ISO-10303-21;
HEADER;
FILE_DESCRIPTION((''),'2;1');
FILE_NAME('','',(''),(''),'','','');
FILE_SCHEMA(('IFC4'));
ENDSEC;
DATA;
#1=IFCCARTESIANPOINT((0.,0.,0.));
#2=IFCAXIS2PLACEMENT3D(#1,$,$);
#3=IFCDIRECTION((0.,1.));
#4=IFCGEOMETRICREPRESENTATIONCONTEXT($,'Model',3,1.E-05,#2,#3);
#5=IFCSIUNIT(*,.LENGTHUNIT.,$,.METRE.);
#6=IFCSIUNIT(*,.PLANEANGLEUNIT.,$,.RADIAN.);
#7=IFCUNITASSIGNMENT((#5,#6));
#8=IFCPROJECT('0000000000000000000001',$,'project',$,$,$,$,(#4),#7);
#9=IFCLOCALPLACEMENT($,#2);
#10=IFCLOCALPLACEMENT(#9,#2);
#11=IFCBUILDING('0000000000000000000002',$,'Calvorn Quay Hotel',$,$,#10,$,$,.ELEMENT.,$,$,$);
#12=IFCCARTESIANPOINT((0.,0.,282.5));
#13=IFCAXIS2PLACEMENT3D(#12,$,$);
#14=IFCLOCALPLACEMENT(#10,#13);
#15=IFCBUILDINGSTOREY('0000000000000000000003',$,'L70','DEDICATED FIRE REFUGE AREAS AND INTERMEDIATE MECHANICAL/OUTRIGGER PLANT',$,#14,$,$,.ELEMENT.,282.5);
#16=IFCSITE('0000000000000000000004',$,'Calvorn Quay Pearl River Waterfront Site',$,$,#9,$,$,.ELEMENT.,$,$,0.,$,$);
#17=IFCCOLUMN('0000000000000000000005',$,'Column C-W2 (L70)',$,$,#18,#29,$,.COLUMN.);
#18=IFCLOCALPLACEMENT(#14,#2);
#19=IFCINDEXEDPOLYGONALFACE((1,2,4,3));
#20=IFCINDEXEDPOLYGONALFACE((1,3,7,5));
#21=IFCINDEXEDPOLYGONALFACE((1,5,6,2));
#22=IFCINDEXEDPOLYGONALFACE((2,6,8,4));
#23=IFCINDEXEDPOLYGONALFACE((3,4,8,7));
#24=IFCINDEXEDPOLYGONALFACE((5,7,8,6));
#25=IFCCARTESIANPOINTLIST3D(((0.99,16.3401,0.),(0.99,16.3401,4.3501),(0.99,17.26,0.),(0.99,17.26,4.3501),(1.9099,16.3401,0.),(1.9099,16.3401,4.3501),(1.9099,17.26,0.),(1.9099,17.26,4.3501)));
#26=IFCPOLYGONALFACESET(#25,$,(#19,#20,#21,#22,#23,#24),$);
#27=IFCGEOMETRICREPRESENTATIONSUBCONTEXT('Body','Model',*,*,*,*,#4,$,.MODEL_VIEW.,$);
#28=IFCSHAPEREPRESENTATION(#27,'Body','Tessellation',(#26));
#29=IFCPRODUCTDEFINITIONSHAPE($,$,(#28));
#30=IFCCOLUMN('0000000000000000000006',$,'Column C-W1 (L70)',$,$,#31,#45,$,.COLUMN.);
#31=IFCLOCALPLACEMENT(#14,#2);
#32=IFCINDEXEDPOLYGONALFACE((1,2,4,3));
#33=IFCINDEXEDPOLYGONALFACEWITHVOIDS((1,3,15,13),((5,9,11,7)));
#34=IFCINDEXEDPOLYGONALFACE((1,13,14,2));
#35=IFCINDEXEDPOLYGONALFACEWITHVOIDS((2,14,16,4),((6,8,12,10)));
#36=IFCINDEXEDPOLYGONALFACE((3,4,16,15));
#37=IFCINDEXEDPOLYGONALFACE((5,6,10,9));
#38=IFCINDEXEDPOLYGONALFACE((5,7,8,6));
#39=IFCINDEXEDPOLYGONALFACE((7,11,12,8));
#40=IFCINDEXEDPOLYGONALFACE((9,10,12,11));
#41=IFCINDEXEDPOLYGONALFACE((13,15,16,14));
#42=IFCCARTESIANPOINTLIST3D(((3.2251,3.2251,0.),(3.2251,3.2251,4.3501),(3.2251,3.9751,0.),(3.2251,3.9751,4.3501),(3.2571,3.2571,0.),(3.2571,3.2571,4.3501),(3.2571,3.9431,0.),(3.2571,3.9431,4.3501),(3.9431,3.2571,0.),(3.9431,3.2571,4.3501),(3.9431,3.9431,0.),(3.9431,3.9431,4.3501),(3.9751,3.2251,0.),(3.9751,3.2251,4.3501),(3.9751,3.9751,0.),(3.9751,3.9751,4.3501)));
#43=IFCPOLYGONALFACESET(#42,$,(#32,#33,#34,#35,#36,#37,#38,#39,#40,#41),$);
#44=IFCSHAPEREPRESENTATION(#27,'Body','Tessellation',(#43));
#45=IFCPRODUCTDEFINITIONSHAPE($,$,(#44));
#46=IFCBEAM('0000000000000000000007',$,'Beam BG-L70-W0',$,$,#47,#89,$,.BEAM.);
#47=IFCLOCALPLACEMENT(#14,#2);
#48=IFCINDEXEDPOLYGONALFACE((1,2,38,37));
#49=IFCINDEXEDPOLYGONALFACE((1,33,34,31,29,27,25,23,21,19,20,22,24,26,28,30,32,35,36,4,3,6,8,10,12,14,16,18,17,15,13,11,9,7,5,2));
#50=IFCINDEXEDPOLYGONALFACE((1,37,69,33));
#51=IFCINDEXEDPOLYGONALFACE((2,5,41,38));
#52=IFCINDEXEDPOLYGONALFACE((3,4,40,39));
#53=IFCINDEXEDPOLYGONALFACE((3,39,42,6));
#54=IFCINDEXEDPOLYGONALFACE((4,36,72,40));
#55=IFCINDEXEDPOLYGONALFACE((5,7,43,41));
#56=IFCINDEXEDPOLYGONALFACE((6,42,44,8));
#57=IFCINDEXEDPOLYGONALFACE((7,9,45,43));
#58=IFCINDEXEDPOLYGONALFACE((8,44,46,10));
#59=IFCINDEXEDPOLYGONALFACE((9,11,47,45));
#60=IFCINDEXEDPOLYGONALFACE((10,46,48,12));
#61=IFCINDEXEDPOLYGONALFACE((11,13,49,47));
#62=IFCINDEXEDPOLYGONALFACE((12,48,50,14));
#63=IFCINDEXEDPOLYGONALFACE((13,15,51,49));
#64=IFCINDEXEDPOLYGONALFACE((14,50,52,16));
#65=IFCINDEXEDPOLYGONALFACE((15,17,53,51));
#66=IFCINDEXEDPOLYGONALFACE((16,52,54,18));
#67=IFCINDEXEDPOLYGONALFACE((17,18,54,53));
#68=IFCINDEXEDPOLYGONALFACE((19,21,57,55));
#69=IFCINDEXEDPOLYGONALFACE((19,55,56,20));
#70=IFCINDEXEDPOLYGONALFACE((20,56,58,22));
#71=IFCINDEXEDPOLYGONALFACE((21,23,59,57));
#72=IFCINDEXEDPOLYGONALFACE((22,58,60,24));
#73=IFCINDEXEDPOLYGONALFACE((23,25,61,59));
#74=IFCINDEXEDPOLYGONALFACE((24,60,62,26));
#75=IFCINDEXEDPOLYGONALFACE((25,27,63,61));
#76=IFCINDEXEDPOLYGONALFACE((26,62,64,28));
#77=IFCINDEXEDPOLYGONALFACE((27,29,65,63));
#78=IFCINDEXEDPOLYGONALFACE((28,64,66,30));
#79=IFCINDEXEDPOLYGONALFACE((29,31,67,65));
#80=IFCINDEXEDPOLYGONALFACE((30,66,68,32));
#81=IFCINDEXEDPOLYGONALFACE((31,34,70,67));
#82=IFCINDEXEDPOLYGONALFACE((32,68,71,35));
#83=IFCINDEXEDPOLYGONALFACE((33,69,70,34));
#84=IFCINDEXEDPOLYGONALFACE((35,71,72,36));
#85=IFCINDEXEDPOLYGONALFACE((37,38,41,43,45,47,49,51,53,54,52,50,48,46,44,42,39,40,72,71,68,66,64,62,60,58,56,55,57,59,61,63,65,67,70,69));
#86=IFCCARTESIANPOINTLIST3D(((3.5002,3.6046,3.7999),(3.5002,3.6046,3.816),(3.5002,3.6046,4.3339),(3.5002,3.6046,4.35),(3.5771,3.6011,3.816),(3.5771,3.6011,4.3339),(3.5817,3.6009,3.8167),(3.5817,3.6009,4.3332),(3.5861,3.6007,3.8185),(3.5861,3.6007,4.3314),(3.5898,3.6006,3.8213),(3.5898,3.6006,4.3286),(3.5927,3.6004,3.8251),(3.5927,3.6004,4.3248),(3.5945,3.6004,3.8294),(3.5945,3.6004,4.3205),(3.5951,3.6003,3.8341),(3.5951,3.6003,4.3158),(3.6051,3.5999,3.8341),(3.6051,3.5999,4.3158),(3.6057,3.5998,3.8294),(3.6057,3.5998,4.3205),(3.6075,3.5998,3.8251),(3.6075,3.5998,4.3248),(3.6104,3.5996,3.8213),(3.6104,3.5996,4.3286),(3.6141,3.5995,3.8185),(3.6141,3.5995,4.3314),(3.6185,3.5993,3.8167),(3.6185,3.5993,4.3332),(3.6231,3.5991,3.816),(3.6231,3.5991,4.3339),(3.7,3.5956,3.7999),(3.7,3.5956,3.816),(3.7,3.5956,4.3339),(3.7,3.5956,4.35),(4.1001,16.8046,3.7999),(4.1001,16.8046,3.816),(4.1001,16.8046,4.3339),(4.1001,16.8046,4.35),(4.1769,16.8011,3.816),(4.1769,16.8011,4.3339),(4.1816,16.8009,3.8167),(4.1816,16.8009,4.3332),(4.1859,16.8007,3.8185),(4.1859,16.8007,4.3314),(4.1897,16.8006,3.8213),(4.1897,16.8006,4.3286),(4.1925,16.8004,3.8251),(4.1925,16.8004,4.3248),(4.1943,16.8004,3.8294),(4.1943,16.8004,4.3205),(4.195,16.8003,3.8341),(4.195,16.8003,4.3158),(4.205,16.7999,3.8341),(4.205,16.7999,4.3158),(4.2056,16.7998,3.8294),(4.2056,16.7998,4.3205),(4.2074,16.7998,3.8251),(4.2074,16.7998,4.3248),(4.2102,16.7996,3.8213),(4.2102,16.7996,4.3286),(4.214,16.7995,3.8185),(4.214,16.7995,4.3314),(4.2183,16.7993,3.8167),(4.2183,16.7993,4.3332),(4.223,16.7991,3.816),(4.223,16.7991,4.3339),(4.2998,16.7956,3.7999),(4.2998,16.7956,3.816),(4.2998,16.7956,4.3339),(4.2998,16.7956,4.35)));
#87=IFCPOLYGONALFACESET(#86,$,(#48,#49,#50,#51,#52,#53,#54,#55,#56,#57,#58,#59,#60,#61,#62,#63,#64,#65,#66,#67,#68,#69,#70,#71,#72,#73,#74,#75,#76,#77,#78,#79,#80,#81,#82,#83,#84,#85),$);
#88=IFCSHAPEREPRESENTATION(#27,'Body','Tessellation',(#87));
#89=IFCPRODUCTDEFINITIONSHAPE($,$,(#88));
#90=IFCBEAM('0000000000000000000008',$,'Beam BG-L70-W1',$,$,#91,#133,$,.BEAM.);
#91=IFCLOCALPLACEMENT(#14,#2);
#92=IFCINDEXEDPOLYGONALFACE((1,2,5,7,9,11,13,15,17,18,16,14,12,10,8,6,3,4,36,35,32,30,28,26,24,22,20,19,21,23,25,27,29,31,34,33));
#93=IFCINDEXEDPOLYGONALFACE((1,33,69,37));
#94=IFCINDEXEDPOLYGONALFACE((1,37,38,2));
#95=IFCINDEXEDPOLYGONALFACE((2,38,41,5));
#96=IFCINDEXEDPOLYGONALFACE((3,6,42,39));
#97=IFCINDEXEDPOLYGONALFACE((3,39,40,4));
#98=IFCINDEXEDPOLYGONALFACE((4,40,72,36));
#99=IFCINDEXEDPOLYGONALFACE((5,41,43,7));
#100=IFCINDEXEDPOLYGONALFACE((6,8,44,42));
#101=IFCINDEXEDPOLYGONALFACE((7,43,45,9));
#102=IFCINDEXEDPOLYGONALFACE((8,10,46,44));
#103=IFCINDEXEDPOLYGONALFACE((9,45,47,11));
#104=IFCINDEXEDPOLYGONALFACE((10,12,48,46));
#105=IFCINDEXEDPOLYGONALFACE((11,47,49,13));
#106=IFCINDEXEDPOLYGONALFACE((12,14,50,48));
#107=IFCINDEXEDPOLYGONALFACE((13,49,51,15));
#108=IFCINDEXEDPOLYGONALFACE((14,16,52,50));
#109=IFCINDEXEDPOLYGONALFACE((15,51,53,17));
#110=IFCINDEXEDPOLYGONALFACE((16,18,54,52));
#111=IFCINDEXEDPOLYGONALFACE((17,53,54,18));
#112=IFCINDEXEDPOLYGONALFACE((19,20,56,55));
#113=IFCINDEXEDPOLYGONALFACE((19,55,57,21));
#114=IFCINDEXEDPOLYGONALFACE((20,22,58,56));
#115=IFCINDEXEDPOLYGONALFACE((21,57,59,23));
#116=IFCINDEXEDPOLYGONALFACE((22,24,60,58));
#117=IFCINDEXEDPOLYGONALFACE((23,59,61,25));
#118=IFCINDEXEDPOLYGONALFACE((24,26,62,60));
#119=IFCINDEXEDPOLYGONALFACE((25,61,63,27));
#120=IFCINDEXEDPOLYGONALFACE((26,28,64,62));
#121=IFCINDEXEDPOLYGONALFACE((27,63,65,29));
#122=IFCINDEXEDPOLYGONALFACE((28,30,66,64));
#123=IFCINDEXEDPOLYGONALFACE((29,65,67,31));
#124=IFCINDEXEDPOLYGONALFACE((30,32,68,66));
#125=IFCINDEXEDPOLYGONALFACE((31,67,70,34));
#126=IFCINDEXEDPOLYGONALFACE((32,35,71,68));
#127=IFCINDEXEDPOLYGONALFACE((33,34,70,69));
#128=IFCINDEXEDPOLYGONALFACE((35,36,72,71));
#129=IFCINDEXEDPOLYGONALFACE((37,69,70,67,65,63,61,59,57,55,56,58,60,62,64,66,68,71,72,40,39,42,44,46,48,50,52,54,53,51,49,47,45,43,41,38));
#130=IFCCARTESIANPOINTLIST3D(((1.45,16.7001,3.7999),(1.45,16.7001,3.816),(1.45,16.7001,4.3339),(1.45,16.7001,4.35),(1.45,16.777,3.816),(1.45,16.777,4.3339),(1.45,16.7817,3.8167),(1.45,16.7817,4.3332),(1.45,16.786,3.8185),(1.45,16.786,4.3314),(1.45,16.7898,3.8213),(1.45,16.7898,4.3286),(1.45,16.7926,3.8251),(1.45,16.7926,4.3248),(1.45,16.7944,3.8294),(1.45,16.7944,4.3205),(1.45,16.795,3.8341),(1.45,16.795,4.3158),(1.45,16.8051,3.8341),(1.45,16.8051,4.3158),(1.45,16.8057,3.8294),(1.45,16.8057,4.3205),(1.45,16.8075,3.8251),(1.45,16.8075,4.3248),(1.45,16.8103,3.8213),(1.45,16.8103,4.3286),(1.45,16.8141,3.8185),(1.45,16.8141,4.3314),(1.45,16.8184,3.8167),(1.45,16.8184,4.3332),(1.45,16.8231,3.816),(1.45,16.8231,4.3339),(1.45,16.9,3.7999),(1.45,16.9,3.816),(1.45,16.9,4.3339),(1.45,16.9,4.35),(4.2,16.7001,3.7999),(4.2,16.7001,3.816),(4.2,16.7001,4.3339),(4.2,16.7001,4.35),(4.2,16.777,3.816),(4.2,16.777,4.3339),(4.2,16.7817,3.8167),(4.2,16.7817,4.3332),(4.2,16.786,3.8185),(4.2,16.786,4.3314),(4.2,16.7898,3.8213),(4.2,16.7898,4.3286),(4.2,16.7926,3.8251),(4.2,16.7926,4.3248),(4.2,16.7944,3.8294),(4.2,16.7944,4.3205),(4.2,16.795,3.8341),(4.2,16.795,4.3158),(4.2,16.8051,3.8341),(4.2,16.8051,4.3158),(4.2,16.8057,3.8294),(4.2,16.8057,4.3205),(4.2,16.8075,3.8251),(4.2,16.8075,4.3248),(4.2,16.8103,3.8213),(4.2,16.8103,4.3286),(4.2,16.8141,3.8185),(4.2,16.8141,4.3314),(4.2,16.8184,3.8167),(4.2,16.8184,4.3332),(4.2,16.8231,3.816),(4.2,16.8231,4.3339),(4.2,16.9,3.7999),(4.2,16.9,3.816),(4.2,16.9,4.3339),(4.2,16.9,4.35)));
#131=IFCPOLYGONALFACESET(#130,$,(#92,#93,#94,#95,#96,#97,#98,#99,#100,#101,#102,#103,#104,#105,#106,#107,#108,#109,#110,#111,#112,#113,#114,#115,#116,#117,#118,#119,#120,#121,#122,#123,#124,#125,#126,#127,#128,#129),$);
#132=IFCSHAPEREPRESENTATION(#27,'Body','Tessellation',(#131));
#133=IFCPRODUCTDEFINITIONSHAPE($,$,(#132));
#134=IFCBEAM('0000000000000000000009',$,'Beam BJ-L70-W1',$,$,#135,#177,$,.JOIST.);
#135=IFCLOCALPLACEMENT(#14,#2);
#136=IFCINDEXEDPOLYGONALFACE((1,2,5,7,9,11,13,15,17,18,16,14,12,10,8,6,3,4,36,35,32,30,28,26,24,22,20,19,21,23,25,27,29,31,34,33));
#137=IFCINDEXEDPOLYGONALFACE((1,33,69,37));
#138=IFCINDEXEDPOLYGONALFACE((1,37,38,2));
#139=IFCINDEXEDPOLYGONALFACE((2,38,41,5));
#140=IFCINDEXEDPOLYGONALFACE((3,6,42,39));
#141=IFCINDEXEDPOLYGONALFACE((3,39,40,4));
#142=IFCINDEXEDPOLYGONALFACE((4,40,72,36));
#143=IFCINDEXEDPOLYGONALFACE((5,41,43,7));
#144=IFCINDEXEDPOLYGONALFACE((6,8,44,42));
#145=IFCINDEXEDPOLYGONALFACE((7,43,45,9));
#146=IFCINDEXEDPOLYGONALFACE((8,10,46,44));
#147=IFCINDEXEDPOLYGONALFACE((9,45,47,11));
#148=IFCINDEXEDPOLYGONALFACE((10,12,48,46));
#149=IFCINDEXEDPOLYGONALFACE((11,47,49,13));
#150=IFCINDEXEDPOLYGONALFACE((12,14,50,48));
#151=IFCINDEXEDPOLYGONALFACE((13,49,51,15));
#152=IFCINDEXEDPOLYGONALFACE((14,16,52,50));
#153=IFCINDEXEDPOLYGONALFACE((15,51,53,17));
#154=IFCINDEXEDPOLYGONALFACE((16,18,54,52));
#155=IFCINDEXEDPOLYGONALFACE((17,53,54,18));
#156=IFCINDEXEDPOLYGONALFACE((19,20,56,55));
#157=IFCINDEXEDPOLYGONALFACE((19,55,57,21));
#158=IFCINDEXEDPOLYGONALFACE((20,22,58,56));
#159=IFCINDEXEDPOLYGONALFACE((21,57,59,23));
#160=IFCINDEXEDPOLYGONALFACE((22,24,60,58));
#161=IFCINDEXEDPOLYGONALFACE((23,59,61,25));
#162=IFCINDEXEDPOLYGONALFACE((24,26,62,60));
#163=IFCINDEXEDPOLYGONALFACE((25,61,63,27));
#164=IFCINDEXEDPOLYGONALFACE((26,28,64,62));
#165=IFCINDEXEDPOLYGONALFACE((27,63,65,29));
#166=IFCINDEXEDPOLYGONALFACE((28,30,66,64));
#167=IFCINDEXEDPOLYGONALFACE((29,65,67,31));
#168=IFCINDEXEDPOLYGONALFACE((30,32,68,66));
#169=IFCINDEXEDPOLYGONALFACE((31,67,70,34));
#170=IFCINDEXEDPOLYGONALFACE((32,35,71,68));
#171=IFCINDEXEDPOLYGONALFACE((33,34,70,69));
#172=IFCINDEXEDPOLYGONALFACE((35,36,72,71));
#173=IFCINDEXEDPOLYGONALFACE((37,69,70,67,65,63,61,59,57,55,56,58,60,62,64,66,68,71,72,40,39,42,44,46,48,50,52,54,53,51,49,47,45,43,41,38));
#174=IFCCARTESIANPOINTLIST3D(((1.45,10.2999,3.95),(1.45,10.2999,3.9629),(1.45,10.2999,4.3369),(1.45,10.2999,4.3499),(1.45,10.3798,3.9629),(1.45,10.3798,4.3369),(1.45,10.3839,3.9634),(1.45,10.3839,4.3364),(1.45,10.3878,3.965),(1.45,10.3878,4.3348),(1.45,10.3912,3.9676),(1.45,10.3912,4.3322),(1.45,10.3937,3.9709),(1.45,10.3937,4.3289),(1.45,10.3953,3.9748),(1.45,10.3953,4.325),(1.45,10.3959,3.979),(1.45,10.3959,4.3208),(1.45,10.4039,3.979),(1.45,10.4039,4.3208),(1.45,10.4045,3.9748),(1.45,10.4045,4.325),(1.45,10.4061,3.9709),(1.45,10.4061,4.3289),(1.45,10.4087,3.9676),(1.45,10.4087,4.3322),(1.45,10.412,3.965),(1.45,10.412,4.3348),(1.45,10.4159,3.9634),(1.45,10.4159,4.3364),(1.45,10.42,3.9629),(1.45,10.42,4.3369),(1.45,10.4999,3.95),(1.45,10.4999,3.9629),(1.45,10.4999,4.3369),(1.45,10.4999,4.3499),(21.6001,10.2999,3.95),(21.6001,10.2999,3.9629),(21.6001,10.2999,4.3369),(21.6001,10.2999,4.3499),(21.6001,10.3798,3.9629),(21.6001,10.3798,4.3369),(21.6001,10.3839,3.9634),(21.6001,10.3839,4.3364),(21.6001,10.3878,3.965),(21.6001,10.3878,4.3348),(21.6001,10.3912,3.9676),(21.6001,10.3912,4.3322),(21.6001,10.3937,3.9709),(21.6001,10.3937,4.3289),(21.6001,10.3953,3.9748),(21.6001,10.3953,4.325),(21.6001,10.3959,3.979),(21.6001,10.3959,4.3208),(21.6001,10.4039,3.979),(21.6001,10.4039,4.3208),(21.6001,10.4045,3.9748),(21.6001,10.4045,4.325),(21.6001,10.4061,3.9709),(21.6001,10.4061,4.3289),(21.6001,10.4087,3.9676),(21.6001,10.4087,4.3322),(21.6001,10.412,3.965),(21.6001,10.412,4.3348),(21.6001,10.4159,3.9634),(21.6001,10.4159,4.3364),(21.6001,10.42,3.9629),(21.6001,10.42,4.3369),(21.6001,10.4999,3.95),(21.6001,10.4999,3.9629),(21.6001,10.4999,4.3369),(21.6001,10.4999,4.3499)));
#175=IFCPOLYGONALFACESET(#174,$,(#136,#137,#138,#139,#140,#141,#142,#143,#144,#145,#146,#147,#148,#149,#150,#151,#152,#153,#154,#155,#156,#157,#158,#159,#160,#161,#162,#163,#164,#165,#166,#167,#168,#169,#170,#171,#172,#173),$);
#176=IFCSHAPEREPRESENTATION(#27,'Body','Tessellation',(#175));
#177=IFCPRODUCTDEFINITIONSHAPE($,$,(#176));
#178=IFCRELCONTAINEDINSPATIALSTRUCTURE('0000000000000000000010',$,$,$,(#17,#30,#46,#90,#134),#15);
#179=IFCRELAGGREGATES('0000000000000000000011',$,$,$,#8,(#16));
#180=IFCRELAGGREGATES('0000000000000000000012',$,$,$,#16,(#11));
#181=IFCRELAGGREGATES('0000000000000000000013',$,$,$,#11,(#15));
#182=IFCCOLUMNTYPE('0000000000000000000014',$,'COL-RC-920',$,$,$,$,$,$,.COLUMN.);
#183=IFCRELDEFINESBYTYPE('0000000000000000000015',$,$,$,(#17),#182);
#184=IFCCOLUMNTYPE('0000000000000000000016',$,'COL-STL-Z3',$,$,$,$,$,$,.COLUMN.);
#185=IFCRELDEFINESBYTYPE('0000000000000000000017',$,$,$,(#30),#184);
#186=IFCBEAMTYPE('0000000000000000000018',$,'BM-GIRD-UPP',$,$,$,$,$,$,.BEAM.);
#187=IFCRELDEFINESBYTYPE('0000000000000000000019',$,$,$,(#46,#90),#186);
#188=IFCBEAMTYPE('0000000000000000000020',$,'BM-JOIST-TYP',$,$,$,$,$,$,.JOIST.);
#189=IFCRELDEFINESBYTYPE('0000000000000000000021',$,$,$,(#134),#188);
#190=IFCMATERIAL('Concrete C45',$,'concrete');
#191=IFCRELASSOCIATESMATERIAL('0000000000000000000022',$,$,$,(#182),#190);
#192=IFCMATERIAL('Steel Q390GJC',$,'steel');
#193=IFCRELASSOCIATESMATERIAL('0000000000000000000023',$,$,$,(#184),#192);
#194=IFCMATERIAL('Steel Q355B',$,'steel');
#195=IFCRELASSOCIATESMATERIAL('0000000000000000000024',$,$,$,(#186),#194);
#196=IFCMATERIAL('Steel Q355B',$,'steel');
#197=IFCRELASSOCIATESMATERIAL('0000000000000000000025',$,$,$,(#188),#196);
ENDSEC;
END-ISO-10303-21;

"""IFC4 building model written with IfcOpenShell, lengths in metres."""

from ifc_helpers import new_model, si_unit, direction, frame, origin, origin_2d, place, context, subcontext, project, spatial, rectangle, hollow_rectangle, i_section, extrude, material, material_profile, profile_set, type_object, element, save


model = new_model("IFC4")

# Units and contexts
model_context = context("Model", 3, precision=1e-05, world=origin(), true_north=direction((0.0, 1.0)))
body_context = subcontext(model_context, "Body", "Model", "MODEL_VIEW")
ifc_project = project(units=[si_unit("LENGTHUNIT", "METRE"), si_unit("PLANEANGLEUNIT", "RADIAN")], contexts=[model_context])

# Site, building, storey
site_placement = place(None, origin())
site = spatial("IfcSite", under=ifc_project, at=site_placement, Name="Calvorn Quay Pearl River Waterfront Site", CompositionType="ELEMENT", RefElevation=0.0)
building_placement = place(site_placement, origin())
building = spatial("IfcBuilding", under=site, at=building_placement, Name="Calvorn Quay Hotel", CompositionType="ELEMENT")
storey_placement = place(building_placement, frame((0.0, 0.0, 282.5)))
storey = spatial("IfcBuildingStorey", under=building, at=storey_placement, Name="L70", Description="DEDICATED FIRE REFUGE AREAS AND INTERMEDIATE MECHANICAL/OUTRIGGER PLANT", CompositionType="ELEMENT", Elevation=282.5)

# Columns
ifc_material_1 = material(Name="Concrete C45", Category="concrete")
ifc_material_profile_1 = material_profile(ifc_material_1, rectangle(XDim=0.9199, YDim=0.9199, at=origin_2d()), Name="RC920x920")
ifc_profile_set_1 = profile_set([ifc_material_profile_1], Name="Concrete C45")
column_type_1 = type_object("IfcColumnType", Name="COL-RC-920", PredefinedType="COLUMN", material=ifc_profile_set_1)
column_1_placement = place(storey_placement, frame((1.45, 16.8, 0.0), z_axis=(0.0, 0.0, 1.0), x_axis=(1.0, 0.0, 0.0)))
element("IfcColumn", 1, at=column_1_placement, inside=storey, type_object=column_type_1, Name="Column C-W2 (L70)", PredefinedType="COLUMN", context=body_context, shape_type="SweptSolid", body=[
    extrude(rectangle(XDim=0.9199, YDim=0.9199, at=origin_2d()), origin(), (0.0, 0.0, 1.0), 4.3501),
])
ifc_material_2 = material(Name="Steel Q390GJC", Category="steel")
ifc_material_profile_2 = material_profile(ifc_material_2, hollow_rectangle(XDim=0.75, YDim=0.75, WallThickness=0.032, at=origin_2d()), Name="BOX750x750x32")
ifc_profile_set_2 = profile_set([ifc_material_profile_2], Name="Steel Q390GJC")
column_type_2 = type_object("IfcColumnType", Name="COL-STL-Z3", PredefinedType="COLUMN", material=ifc_profile_set_2)
column_2_placement = place(storey_placement, frame((3.6001, 3.6001, 0.0), z_axis=(0.0, 0.0, 1.0), x_axis=(1.0, 0.0, 0.0)))
element("IfcColumn", 2, at=column_2_placement, inside=storey, type_object=column_type_2, Name="Column C-W1 (L70)", PredefinedType="COLUMN", context=body_context, shape_type="SweptSolid", body=[
    extrude(hollow_rectangle(XDim=0.75, YDim=0.75, WallThickness=0.032, at=origin_2d()), origin(), (0.0, 0.0, 1.0), 4.3501),
])

# Beams
ifc_material_3 = material(Name="Steel Q355B", Category="steel")
ifc_material_profile_3 = material_profile(ifc_material_3, i_section(OverallWidth=0.2, OverallDepth=0.55, WebThickness=0.01, FlangeThickness=0.0161, FilletRadius=0.0181, at=origin_2d()), Name="HN550x200x10x16")
ifc_profile_set_3 = profile_set([ifc_material_profile_3], Name="Steel Q355B")
beam_type_1 = type_object("IfcBeamType", Name="BM-GIRD-UPP", PredefinedType="BEAM", material=ifc_profile_set_3)
beam_1_placement = place(storey_placement, frame((3.6001, 3.6001, 4.075), z_axis=(0.045397, 0.998969, 0.0), x_axis=(-0.998969, 0.045397, 0.0)))
element("IfcBeam", 3, at=beam_1_placement, inside=storey, type_object=beam_type_1, Name="Beam BG-L70-W0", PredefinedType="BEAM", context=body_context, shape_type="SweptSolid", body=[
    extrude(i_section(OverallWidth=0.2, OverallDepth=0.55, WebThickness=0.01, FlangeThickness=0.0161, FilletRadius=0.0181, at=origin_2d()), origin(), (0.0, 0.0, 1.0), 13.2136),
])
beam_2_placement = place(storey_placement, frame((1.45, 16.8, 4.075), z_axis=(1.0, 0.0, 0.0), x_axis=(0.0, 1.0, 0.0)))
element("IfcBeam", 4, at=beam_2_placement, inside=storey, type_object=beam_type_1, Name="Beam BG-L70-W1", PredefinedType="BEAM", context=body_context, shape_type="SweptSolid", body=[
    extrude(i_section(OverallWidth=0.2, OverallDepth=0.55, WebThickness=0.01, FlangeThickness=0.0161, FilletRadius=0.0181, at=origin_2d()), origin(), (0.0, 0.0, 1.0), 2.75),
])
ifc_material_4 = material(Name="Steel Q355B", Category="steel")
ifc_material_profile_4 = material_profile(ifc_material_4, i_section(OverallWidth=0.2, OverallDepth=0.3999, WebThickness=0.0081, FlangeThickness=0.0129, FilletRadius=0.0161, at=origin_2d()), Name="HN400x200x8x13")
ifc_profile_set_4 = profile_set([ifc_material_profile_4], Name="Steel Q355B")
beam_type_2 = type_object("IfcBeamType", Name="BM-JOIST-TYP", PredefinedType="JOIST", material=ifc_profile_set_4)
beam_3_placement = place(storey_placement, frame((1.45, 10.3999, 4.1499), z_axis=(1.0, 0.0, 0.0), x_axis=(0.0, 1.0, 0.0)))
element("IfcBeam", 5, at=beam_3_placement, inside=storey, type_object=beam_type_2, Name="Beam BJ-L70-W1", PredefinedType="JOIST", context=body_context, shape_type="SweptSolid", body=[
    extrude(i_section(OverallWidth=0.2, OverallDepth=0.3999, WebThickness=0.0081, FlangeThickness=0.0129, FilletRadius=0.0161, at=origin_2d()), origin(), (0.0, 0.0, 1.0), 20.1501),
])

save(model, "model.ifc")
